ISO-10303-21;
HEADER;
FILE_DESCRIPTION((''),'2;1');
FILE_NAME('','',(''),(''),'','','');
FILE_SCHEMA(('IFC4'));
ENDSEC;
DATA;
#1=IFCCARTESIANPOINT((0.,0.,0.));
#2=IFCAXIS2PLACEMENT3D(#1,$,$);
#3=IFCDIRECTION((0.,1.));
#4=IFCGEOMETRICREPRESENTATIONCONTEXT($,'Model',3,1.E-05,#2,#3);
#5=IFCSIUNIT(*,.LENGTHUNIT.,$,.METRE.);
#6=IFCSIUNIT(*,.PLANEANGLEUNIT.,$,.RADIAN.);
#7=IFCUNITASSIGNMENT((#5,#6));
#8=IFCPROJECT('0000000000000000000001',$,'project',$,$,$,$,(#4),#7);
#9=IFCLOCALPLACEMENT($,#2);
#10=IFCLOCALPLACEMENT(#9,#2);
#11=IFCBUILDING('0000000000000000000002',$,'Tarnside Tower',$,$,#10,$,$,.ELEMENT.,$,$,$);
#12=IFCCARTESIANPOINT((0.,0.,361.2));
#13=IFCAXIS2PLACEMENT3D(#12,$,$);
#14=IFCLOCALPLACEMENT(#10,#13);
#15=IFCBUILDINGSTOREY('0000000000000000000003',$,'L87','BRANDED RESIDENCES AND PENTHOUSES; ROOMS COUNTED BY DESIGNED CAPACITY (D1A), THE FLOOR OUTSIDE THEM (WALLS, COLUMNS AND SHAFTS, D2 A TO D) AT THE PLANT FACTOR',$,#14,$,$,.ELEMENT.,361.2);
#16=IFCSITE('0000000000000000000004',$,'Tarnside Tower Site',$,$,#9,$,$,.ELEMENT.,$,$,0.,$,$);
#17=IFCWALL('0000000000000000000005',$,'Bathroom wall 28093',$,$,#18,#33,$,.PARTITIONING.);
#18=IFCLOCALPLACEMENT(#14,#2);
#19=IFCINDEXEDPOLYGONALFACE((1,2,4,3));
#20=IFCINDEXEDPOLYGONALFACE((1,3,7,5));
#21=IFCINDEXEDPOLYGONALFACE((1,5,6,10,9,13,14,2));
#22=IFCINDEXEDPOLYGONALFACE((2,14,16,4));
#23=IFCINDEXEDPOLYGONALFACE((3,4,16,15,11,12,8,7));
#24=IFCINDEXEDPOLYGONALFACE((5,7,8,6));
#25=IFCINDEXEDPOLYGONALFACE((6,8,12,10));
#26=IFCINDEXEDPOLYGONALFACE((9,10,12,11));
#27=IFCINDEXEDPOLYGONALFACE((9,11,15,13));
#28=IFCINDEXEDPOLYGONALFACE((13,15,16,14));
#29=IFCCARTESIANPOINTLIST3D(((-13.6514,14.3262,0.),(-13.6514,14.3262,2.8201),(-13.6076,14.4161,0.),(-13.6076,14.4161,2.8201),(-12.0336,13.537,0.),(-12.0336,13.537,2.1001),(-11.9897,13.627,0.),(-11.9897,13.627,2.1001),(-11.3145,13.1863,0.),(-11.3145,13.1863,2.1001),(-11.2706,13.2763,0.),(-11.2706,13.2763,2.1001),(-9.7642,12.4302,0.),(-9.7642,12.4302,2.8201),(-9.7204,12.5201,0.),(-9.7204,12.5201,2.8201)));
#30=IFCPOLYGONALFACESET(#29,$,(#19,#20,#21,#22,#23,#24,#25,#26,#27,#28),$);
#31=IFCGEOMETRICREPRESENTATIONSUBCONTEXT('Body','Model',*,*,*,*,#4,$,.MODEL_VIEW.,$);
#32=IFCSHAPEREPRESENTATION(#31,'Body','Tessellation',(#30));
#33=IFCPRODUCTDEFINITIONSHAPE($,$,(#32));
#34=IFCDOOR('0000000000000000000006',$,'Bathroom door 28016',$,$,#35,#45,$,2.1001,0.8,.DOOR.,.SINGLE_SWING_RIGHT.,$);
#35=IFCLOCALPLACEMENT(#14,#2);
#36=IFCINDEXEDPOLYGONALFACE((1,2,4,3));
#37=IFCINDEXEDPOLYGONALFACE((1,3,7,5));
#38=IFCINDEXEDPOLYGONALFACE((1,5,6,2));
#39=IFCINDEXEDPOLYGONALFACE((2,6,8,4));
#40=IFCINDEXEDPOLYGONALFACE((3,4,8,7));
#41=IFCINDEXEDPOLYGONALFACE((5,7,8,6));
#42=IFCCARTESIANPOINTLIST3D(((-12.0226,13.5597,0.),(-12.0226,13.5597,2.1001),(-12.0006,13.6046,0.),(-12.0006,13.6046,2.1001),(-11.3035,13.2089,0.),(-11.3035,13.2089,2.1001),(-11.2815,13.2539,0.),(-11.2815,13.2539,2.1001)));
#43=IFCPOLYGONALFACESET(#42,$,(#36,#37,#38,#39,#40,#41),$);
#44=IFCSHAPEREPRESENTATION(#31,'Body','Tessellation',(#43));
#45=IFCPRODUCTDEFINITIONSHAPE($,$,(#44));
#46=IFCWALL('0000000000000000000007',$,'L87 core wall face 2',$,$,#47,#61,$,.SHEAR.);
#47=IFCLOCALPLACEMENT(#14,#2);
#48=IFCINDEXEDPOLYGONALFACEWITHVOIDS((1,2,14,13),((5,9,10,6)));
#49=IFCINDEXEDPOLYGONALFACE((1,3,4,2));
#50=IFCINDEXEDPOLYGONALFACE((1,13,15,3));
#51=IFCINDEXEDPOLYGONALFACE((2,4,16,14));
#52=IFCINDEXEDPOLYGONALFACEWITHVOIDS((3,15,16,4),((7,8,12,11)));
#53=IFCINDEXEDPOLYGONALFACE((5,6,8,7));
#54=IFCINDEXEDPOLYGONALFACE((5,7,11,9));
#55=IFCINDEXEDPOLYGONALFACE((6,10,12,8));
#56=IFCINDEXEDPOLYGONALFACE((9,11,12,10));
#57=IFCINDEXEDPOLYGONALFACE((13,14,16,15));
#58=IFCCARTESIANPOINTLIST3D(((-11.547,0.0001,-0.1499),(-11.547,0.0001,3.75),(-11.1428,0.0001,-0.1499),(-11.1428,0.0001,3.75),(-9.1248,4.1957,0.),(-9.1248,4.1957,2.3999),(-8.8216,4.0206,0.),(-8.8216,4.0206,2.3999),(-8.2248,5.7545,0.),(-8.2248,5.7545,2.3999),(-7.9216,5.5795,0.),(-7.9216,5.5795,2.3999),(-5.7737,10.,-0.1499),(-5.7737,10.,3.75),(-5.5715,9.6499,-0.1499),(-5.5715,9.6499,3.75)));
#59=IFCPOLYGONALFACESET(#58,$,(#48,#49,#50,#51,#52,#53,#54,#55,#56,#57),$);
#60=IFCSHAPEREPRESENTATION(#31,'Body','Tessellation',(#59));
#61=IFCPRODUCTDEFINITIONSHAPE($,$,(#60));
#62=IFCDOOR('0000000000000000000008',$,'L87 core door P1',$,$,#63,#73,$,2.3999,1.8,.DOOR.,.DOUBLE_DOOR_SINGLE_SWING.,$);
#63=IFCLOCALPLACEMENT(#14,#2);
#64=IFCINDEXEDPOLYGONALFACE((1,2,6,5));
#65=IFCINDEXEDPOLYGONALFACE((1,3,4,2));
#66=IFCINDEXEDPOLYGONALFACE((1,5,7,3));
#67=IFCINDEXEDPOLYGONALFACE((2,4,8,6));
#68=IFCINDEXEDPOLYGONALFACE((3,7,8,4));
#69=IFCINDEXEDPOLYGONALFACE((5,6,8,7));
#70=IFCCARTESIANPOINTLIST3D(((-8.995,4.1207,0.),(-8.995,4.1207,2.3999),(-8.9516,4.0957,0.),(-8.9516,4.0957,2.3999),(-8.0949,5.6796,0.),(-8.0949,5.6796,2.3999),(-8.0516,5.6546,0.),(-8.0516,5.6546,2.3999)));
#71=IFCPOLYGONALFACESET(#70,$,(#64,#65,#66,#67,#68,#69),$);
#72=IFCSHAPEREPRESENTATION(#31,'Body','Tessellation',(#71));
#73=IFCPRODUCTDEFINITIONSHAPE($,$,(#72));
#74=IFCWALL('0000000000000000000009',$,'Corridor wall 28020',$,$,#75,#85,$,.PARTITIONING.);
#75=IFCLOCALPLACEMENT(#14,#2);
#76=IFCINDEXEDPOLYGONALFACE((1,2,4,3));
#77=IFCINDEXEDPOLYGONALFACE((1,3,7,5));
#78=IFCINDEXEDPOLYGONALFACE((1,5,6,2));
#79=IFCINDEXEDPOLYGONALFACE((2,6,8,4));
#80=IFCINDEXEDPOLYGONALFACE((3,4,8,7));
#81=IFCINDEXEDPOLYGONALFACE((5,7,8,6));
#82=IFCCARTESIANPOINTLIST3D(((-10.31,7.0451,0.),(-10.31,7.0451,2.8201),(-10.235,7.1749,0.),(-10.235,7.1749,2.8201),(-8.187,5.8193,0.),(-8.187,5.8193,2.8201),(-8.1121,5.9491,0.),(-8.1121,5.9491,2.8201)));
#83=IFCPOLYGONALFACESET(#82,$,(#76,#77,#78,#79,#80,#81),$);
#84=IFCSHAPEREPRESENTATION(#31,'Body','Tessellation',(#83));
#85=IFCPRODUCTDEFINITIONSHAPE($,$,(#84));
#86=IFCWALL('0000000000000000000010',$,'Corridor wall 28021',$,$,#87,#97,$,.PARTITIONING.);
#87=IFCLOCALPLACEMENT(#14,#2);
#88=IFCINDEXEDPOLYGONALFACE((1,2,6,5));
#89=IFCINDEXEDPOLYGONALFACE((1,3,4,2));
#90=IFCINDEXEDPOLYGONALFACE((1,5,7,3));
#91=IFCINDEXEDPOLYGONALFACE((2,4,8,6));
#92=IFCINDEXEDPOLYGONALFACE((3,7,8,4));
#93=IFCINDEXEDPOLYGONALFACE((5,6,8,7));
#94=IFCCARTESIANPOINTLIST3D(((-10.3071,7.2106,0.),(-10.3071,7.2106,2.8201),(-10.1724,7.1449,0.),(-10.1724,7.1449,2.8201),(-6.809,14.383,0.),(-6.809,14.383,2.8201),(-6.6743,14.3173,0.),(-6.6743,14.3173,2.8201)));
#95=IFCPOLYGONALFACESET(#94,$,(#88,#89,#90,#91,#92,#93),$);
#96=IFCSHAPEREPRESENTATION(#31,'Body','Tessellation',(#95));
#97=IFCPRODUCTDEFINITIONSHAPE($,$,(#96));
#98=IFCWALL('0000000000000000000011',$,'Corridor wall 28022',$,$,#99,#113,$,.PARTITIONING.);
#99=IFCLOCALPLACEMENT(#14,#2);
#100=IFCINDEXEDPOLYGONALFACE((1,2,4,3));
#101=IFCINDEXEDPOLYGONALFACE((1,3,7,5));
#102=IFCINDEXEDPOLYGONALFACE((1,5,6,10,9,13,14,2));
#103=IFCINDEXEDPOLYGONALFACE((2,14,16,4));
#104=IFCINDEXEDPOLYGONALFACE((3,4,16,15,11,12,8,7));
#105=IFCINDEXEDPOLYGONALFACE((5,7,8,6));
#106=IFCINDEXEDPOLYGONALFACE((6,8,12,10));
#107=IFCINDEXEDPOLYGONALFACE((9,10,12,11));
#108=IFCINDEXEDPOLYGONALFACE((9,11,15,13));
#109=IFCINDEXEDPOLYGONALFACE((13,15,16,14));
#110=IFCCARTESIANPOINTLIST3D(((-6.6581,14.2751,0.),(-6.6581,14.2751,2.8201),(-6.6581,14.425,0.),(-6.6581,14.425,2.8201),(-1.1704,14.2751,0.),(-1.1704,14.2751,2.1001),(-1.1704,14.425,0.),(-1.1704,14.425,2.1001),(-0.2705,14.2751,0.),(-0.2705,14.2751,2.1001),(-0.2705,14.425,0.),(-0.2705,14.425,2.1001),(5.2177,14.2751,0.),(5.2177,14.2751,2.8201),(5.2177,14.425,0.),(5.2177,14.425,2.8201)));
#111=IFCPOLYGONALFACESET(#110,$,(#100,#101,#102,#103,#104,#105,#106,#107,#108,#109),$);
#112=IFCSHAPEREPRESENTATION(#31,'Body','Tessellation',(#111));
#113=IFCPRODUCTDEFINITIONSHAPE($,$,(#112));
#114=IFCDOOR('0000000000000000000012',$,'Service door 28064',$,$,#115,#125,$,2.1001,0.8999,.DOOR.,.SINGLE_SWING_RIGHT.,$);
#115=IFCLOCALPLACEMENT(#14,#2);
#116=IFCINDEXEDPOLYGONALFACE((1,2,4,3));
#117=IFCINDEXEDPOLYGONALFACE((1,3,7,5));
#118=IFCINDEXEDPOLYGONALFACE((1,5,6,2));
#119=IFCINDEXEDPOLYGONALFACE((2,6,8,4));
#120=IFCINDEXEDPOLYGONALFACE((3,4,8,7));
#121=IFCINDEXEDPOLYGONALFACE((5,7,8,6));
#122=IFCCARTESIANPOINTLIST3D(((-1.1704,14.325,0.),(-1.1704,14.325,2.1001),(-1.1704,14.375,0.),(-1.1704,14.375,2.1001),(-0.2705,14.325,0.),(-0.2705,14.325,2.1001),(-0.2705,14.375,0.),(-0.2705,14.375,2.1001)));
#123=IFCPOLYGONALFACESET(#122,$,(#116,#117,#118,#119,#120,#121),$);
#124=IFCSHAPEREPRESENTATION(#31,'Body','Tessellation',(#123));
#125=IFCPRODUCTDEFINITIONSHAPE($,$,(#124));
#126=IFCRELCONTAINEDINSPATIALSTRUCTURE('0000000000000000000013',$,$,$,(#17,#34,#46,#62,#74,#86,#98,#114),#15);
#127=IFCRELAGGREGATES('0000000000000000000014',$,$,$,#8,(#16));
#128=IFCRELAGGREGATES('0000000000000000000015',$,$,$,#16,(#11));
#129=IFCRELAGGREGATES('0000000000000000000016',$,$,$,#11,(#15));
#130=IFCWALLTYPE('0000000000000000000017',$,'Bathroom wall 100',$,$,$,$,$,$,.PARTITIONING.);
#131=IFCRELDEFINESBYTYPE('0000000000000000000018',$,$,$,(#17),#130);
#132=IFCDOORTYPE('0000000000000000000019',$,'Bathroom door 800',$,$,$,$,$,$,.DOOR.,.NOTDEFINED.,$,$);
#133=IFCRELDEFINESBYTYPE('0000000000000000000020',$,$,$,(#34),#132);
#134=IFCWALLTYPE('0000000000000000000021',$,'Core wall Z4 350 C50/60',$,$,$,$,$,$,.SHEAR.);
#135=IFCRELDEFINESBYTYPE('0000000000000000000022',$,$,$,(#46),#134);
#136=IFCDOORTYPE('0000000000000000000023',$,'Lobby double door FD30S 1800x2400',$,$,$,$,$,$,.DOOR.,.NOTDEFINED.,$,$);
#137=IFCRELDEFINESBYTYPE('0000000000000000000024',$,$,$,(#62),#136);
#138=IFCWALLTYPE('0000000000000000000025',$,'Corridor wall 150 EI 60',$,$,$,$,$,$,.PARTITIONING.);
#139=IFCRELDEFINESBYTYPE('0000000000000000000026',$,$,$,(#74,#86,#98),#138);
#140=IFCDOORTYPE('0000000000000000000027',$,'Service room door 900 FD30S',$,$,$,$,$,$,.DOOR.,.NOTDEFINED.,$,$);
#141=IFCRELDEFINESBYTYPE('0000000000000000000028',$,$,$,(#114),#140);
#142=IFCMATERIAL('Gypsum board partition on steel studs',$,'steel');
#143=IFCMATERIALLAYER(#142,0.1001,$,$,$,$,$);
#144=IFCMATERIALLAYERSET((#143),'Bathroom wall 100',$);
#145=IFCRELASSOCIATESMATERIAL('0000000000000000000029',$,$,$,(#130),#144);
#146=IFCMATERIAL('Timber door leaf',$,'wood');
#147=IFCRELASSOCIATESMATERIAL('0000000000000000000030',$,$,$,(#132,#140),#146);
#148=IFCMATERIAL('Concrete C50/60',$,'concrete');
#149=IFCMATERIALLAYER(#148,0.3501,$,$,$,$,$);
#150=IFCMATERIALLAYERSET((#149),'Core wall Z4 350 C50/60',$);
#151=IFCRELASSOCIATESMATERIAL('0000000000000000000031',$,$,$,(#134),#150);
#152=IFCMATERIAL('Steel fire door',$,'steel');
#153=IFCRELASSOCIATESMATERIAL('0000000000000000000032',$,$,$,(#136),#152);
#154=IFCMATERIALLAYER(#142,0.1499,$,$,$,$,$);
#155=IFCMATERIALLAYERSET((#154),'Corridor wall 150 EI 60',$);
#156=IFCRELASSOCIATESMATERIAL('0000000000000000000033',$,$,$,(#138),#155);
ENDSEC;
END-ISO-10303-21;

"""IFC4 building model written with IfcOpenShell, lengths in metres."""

from ifc_helpers import new_model, si_unit, direction, frame, frame_2d, origin, place, context, subcontext, project, spatial, polyline, rectangle, outline, extrude, material, layer, layer_set, type_object, element, fill, save


model = new_model("IFC4")

# Units and contexts
model_context = context("Model", 3, precision=1e-05, world=origin(), true_north=direction((0.0, 1.0)))
body_context = subcontext(model_context, "Body", "Model", "MODEL_VIEW")
ifc_project = project(units=[si_unit("LENGTHUNIT", "METRE"), si_unit("PLANEANGLEUNIT", "RADIAN")], contexts=[model_context])

# Site, building, storey
site_placement = place(None, origin())
site = spatial("IfcSite", under=ifc_project, at=site_placement, Name="Tarnside Tower Site", CompositionType="ELEMENT", RefElevation=0.0)
building_placement = place(site_placement, origin())
building = spatial("IfcBuilding", under=site, at=building_placement, Name="Tarnside Tower", CompositionType="ELEMENT")
storey_placement = place(building_placement, frame((0.0, 0.0, 361.2)))
storey = spatial("IfcBuildingStorey", under=building, at=storey_placement, Name="L87", Description="BRANDED RESIDENCES AND PENTHOUSES; ROOMS COUNTED BY DESIGNED CAPACITY (D1A), THE FLOOR OUTSIDE THEM (WALLS, COLUMNS AND SHAFTS, D2 A TO D) AT THE PLANT FACTOR", CompositionType="ELEMENT", Elevation=361.2)

# Walls, openings, doors
ifc_material_1 = material(Name="Gypsum board partition on steel studs", Category="steel")
ifc_layer_1 = layer(ifc_material_1, 0.1001)
ifc_layer_set_1 = layer_set([ifc_layer_1], Name="Bathroom wall 100")
wall_type_1 = type_object("IfcWallType", Name="Bathroom wall 100", PredefinedType="PARTITIONING", material=ifc_layer_set_1)
wall_1_placement = place(storey_placement, frame((-9.7422, 12.4751, 0.0), z_axis=(0.0, 0.0, 1.0), x_axis=(-0.898787, 0.438386, 0.0)))
wall_1 = element("IfcWall", 1, at=wall_1_placement, inside=storey, type_object=wall_type_1, Name="Bathroom wall 28093", PredefinedType="PARTITIONING", context=body_context, shape_type="SweptSolid", body=[
    extrude(rectangle(XDim=4.325, YDim=0.1001, at=frame_2d((2.1626, 0.0))), origin(), (0.0, 0.0, 1.0), 2.8201),
])
opening_1_placement = place(wall_1_placement, frame((1.7251, 0.0, 0.0)))
opening_1 = element("IfcOpeningElement", 2, at=opening_1_placement, cuts=wall_1, PredefinedType="OPENING", context=body_context, shape_type="SweptSolid", body=[
    extrude(rectangle(XDim=0.8, YDim=2.1001, at=frame_2d((0.3999, 1.05))), frame((0.0, 0.0601, 0.0), z_axis=(0.0, -1.0, 0.0), x_axis=(1.0, 0.0, 0.0)), (0.0, 0.0, 1.0), 0.1201),
])
ifc_material_2 = material(Name="Timber door leaf", Category="wood")
door_type_1 = type_object("IfcDoorType", Name="Bathroom door 800", OperationType="NOTDEFINED", PredefinedType="DOOR", material=ifc_material_2)
door_1_placement = place(opening_1_placement, origin())
door_1 = element("IfcDoor", 3, at=door_1_placement, inside=storey, type_object=door_type_1, Name="Bathroom door 28016", OperationType="SINGLE_SWING_RIGHT", OverallHeight=2.1001, OverallWidth=0.8, PredefinedType="DOOR", context=body_context, shape_type="SweptSolid", body=[
    extrude(rectangle(XDim=0.8, YDim=2.1001, at=frame_2d((0.3999, 1.05))), frame((0.0, 0.0249, 0.0), z_axis=(0.0, -1.0, 0.0), x_axis=(1.0, 0.0, 0.0)), (0.0, 0.0, 1.0), 0.05),
])
fill(opening_1, door_1)
ifc_material_3 = material(Name="Concrete C50/60", Category="concrete")
ifc_layer_2 = layer(ifc_material_3, 0.3501)
ifc_layer_set_2 = layer_set([ifc_layer_2], Name="Core wall Z4 350 C50/60")
wall_type_2 = type_object("IfcWallType", Name="Core wall Z4 350 C50/60", PredefinedType="SHEAR", material=ifc_layer_set_2)
wall_2_placement = place(storey_placement, frame((-5.6726, 9.825, -0.1499), z_axis=(0.0, 0.0, 1.0), x_axis=(-0.499995, -0.866028, 0.0)))
wall_2 = element("IfcWall", 4, at=wall_2_placement, inside=storey, type_object=wall_type_2, Name="L87 core wall face 2", PredefinedType="SHEAR", context=body_context, shape_type="SweptSolid", body=[
    extrude(outline(polyline([(-0.1011, -0.175), (11.4458, -0.175), (11.2437, 0.175), (0.1011, 0.175), (-0.1011, -0.175)])), origin(), (0.0, 0.0, 1.0), 3.8999),
])
opening_2_placement = place(wall_2_placement, frame((4.8013, 0.0, 0.1499)))
opening_2 = element("IfcOpeningElement", 5, at=opening_2_placement, cuts=wall_2, PredefinedType="OPENING", context=body_context, shape_type="SweptSolid", body=[
    extrude(rectangle(XDim=1.8, YDim=2.3999, at=frame_2d((0.8999, 1.2))), frame((0.0, 0.1851, 0.0), z_axis=(0.0, -1.0, 0.0), x_axis=(1.0, 0.0, 0.0)), (0.0, 0.0, 1.0), 0.3701),
])
ifc_material_4 = material(Name="Steel fire door", Category="steel")
door_type_2 = type_object("IfcDoorType", Name="Lobby double door FD30S 1800x2400", OperationType="NOTDEFINED", PredefinedType="DOOR", material=ifc_material_4)
door_2_placement = place(opening_2_placement, origin())
door_2 = element("IfcDoor", 6, at=door_2_placement, inside=storey, type_object=door_type_2, Name="L87 core door P1", OperationType="DOUBLE_DOOR_SINGLE_SWING", OverallHeight=2.3999, OverallWidth=1.8, PredefinedType="DOOR", context=body_context, shape_type="SweptSolid", body=[
    extrude(rectangle(XDim=1.8, YDim=2.3999, at=frame_2d((0.8999, 1.2))), frame((0.0, 0.0249, 0.0), z_axis=(0.0, -1.0, 0.0), x_axis=(1.0, 0.0, 0.0)), (0.0, 0.0, 1.0), 0.05),
])
fill(opening_2, door_2)

# Walls
ifc_layer_3 = layer(ifc_material_1, 0.1499)
ifc_layer_set_3 = layer_set([ifc_layer_3], Name="Corridor wall 150 EI 60")
wall_type_3 = type_object("IfcWallType", Name="Corridor wall 150 EI 60", PredefinedType="PARTITIONING", material=ifc_layer_set_3)
wall_3_placement = place(storey_placement, frame((-8.1497, 5.8843, 0.0), z_axis=(0.0, 0.0, 1.0), x_axis=(-0.86601, 0.500027, 0.0)))
element("IfcWall", 7, at=wall_3_placement, inside=storey, type_object=wall_type_3, Name="Corridor wall 28020", PredefinedType="PARTITIONING", context=body_context, shape_type="SweptSolid", body=[
    extrude(rectangle(XDim=2.4514, YDim=0.1499, at=frame_2d((1.2256, 0.0))), origin(), (0.0, 0.0, 1.0), 2.8201),
])
wall_4_placement = place(storey_placement, frame((-10.2397, 7.1777, 0.0), z_axis=(0.0, 0.0, 1.0), x_axis=(0.438356, 0.898801, 0.0)))
element("IfcWall", 8, at=wall_4_placement, inside=storey, type_object=wall_type_3, Name="Corridor wall 28021", PredefinedType="PARTITIONING", context=body_context, shape_type="SweptSolid", body=[
    extrude(rectangle(XDim=7.98, YDim=0.1499, at=frame_2d((3.99, 0.0))), origin(), (0.0, 0.0, 1.0), 2.8201),
])

# Wall, opening, door
wall_5_placement = place(storey_placement, frame((-6.6582, 14.3501, 0.0), z_axis=(0.0, 0.0, 1.0), x_axis=(1.0, 0.0, 0.0)))
wall_5 = element("IfcWall", 9, at=wall_5_placement, inside=storey, type_object=wall_type_3, Name="Corridor wall 28022", PredefinedType="PARTITIONING", context=body_context, shape_type="SweptSolid", body=[
    extrude(rectangle(XDim=11.8757, YDim=0.1499, at=frame_2d((5.938, 0.0))), origin(), (0.0, 0.0, 1.0), 2.8201),
])
opening_3_placement = place(wall_5_placement, frame((5.4878, 0.0, 0.0)))
opening_3 = element("IfcOpeningElement", 10, at=opening_3_placement, cuts=wall_5, PredefinedType="OPENING", context=body_context, shape_type="SweptSolid", body=[
    extrude(rectangle(XDim=0.8999, YDim=2.1001, at=frame_2d((0.45, 1.05))), frame((0.0, 0.085, 0.0), z_axis=(0.0, -1.0, 0.0), x_axis=(1.0, 0.0, 0.0)), (0.0, 0.0, 1.0), 0.1699),
])
door_type_3 = type_object("IfcDoorType", Name="Service room door 900 FD30S", OperationType="NOTDEFINED", PredefinedType="DOOR", material=ifc_material_2)
door_3_placement = place(opening_3_placement, origin())
door_3 = element("IfcDoor", 11, at=door_3_placement, inside=storey, type_object=door_type_3, Name="Service door 28064", OperationType="SINGLE_SWING_RIGHT", OverallHeight=2.1001, OverallWidth=0.8999, PredefinedType="DOOR", context=body_context, shape_type="SweptSolid", body=[
    extrude(rectangle(XDim=0.8999, YDim=2.1001, at=frame_2d((0.45, 1.05))), frame((0.0, 0.0249, 0.0), z_axis=(0.0, -1.0, 0.0), x_axis=(1.0, 0.0, 0.0)), (0.0, 0.0, 1.0), 0.05),
])
fill(opening_3, door_3)

save(model, "model.ifc")
